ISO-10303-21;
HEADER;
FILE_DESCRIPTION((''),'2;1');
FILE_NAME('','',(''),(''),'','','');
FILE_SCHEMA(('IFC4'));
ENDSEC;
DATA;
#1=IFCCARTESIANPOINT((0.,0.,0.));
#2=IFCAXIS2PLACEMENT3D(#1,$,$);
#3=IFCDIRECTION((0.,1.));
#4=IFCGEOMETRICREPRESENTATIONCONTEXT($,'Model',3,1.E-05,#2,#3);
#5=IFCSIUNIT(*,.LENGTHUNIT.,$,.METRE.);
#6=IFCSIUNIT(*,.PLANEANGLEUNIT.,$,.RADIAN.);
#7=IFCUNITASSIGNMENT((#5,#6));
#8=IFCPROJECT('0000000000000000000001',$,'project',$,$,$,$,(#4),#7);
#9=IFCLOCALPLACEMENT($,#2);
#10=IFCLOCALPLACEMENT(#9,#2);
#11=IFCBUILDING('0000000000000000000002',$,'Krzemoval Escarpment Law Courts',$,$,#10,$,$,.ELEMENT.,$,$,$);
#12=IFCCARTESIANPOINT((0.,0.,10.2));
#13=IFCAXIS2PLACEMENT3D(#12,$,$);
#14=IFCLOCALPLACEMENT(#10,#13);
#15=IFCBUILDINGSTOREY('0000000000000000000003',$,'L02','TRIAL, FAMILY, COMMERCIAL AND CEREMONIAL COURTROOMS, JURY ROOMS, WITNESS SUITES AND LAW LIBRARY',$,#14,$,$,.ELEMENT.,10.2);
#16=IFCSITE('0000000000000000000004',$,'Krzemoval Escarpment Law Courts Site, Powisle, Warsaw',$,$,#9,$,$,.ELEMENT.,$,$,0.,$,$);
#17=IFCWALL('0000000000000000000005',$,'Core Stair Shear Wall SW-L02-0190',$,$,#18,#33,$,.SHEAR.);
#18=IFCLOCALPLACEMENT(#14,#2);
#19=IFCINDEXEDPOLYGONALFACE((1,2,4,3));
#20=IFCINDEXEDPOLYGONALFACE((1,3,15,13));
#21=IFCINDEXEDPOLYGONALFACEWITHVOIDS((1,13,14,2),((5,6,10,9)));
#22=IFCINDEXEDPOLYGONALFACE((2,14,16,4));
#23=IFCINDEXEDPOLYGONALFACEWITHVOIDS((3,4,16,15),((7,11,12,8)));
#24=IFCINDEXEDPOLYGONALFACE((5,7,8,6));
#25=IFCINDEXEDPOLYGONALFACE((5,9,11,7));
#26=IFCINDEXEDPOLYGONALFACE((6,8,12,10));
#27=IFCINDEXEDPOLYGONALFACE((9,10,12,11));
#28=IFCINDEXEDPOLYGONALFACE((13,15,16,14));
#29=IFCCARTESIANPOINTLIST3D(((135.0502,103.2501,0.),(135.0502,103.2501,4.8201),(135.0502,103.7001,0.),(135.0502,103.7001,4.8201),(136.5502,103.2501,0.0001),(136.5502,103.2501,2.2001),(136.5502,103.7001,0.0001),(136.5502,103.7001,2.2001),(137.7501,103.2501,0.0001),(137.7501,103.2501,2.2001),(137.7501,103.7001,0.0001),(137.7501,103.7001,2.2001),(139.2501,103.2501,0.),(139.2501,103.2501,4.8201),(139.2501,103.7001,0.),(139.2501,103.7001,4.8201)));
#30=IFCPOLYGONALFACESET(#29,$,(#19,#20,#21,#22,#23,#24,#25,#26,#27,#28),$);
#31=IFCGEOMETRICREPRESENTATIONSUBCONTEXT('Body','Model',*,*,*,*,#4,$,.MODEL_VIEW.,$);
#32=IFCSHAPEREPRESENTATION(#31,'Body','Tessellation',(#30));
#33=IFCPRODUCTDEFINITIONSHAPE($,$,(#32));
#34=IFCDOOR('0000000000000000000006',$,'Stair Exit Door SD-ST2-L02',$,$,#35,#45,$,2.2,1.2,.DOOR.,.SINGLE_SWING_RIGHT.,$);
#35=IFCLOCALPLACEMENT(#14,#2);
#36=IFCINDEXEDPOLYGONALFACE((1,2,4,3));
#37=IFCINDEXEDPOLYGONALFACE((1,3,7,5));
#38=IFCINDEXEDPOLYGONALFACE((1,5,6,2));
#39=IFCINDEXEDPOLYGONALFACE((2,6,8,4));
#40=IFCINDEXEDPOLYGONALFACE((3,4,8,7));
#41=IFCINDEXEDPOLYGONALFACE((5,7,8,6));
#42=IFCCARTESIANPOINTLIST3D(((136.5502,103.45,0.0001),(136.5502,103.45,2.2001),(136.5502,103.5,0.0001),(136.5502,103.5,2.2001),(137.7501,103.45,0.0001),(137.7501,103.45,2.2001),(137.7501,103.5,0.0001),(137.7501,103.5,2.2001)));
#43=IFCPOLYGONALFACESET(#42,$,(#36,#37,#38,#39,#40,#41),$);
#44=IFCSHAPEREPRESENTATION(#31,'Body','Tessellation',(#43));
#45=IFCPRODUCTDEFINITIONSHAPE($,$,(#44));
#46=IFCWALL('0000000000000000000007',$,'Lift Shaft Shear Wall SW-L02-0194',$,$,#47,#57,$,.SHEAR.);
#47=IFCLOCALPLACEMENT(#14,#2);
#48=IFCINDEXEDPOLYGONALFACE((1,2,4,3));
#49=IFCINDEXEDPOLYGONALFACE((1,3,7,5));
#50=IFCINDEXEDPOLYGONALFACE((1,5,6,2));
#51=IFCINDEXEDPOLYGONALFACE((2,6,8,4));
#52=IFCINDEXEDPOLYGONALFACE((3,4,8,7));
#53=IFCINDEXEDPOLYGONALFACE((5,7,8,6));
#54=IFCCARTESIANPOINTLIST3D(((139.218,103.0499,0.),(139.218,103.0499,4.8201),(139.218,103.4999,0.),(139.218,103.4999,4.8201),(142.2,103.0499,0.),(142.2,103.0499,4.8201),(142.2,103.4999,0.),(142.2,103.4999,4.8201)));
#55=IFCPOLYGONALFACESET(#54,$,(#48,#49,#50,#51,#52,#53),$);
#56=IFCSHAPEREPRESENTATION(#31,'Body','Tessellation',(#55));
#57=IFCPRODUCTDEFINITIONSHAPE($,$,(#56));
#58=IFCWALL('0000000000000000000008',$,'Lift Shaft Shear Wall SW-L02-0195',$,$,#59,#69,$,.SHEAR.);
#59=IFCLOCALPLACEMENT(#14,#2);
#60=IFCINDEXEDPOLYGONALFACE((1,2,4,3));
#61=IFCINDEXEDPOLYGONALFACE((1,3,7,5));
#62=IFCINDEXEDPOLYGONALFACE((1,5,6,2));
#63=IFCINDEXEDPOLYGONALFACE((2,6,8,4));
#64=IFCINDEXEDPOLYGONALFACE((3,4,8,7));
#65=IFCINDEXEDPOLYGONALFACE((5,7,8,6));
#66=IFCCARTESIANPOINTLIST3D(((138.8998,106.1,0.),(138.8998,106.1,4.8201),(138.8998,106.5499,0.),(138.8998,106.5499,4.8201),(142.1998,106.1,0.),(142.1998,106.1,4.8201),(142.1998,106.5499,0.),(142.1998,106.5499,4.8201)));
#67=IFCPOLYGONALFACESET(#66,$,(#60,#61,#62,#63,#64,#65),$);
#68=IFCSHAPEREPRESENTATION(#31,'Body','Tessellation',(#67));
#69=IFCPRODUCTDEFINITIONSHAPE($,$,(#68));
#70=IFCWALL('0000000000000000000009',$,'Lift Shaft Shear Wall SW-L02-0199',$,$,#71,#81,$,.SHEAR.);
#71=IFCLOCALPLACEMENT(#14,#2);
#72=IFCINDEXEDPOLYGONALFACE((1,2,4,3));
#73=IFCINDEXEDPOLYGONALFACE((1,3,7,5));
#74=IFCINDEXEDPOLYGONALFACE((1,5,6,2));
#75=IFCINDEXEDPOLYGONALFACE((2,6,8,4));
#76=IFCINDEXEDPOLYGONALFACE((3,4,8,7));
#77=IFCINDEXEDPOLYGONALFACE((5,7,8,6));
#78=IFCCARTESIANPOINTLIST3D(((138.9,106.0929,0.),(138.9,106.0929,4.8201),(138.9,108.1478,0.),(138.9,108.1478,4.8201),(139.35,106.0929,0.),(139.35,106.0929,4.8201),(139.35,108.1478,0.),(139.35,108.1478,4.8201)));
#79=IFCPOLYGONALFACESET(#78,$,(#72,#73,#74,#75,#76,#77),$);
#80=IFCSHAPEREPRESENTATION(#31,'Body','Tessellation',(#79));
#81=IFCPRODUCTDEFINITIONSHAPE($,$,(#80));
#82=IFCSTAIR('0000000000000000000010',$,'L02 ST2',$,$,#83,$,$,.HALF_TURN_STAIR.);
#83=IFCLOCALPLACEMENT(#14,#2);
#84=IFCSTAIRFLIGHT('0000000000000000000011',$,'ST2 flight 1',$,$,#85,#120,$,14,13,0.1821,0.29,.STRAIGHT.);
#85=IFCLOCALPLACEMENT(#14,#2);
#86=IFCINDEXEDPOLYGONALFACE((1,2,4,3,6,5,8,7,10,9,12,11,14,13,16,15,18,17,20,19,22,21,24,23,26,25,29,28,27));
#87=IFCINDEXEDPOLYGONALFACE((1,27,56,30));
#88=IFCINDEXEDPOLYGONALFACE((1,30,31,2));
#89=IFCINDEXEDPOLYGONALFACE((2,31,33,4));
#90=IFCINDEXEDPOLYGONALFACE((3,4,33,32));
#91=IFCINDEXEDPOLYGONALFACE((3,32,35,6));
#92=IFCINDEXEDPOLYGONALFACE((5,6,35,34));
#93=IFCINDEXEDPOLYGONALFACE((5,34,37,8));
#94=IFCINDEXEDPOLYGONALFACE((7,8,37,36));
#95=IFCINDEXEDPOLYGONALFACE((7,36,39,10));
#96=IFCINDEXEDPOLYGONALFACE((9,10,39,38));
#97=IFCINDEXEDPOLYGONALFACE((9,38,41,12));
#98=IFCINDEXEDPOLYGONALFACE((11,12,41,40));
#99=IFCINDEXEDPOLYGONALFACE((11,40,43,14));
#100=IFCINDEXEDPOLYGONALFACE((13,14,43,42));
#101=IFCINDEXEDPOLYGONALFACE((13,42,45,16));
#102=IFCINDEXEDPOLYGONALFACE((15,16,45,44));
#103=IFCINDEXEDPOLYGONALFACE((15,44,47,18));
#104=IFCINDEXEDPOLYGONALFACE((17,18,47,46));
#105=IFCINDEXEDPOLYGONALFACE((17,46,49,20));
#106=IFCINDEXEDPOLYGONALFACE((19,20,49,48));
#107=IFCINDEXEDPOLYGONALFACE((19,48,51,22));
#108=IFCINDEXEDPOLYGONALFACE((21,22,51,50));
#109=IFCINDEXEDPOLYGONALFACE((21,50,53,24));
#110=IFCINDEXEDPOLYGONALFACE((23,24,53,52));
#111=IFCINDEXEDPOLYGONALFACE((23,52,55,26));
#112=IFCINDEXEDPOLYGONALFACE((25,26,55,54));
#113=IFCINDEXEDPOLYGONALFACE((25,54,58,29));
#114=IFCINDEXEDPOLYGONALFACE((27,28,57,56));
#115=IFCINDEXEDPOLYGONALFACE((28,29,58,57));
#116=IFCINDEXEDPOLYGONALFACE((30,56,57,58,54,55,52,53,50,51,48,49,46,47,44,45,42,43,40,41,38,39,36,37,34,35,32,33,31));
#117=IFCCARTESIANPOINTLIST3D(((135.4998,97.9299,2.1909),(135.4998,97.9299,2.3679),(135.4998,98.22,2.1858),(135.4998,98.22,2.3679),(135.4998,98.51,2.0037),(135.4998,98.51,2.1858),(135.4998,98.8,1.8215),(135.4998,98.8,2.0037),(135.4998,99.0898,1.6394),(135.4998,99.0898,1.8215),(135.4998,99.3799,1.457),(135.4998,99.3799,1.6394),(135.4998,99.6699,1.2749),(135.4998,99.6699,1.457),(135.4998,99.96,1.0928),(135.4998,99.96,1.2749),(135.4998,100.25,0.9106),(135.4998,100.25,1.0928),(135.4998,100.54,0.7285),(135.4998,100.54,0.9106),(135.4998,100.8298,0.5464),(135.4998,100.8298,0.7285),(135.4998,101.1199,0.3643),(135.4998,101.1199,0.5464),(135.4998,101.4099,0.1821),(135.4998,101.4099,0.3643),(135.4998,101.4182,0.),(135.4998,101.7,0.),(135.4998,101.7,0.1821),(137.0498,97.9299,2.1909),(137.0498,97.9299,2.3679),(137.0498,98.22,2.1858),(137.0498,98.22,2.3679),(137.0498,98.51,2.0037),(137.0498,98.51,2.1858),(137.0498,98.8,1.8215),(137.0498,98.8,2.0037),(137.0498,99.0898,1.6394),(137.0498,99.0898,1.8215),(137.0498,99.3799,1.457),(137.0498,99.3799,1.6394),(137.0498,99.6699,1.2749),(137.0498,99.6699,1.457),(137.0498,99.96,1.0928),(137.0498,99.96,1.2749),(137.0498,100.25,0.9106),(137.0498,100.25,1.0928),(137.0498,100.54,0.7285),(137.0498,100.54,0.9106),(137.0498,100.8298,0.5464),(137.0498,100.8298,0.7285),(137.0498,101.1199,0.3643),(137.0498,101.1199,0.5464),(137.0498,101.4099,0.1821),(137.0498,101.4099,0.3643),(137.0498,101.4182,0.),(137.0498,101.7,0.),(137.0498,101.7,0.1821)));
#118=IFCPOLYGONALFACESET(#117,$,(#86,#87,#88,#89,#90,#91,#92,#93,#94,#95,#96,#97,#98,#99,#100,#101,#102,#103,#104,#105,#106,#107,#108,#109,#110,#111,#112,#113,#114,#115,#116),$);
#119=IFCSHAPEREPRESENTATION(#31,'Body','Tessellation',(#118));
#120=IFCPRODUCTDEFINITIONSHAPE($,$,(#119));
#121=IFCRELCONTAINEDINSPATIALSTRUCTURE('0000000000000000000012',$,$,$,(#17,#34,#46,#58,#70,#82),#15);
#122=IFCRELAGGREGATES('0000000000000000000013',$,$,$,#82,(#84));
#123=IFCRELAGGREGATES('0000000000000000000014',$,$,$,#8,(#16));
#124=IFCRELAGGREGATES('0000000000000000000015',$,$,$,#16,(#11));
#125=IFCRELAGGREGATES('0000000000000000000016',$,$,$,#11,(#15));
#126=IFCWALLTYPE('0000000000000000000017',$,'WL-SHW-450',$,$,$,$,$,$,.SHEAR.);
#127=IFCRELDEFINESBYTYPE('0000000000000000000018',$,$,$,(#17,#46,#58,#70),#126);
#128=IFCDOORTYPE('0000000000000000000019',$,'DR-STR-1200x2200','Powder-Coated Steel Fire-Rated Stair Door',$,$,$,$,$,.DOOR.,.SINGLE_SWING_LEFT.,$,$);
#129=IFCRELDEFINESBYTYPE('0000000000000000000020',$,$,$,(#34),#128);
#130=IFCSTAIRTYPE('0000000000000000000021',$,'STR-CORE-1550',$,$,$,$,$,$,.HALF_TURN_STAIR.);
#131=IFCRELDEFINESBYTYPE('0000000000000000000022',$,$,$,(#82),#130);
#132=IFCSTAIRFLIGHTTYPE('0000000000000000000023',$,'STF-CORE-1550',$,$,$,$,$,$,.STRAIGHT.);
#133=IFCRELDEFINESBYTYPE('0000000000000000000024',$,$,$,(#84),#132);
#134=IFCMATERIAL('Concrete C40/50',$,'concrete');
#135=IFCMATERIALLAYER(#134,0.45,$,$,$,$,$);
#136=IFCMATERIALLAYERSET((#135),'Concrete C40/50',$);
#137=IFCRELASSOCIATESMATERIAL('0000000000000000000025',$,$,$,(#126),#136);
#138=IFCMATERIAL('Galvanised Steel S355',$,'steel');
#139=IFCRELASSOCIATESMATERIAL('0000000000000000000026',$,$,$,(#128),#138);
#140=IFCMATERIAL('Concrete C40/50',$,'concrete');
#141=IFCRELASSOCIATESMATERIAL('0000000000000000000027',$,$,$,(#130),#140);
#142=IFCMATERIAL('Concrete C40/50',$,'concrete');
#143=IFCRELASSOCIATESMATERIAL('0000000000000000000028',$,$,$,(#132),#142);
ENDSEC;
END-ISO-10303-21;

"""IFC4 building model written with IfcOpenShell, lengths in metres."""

from ifc_helpers import new_model, si_unit, direction, frame, frame_2d, origin, place, context, subcontext, project, spatial, polyline, rectangle, outline, extrude, material, layer, layer_set, type_object, element, fill, aggregate, save


model = new_model("IFC4")

# Units and contexts
model_context = context("Model", 3, precision=1e-05, world=origin(), true_north=direction((0.0, 1.0)))
body_context = subcontext(model_context, "Body", "Model", "MODEL_VIEW")
ifc_project = project(units=[si_unit("LENGTHUNIT", "METRE"), si_unit("PLANEANGLEUNIT", "RADIAN")], contexts=[model_context])

# Site, building, storey
site_placement = place(None, origin())
site = spatial("IfcSite", under=ifc_project, at=site_placement, Name="Krzemoval Escarpment Law Courts Site, Powisle, Warsaw", CompositionType="ELEMENT", RefElevation=0.0)
building_placement = place(site_placement, origin())
building = spatial("IfcBuilding", under=site, at=building_placement, Name="Krzemoval Escarpment Law Courts", CompositionType="ELEMENT")
storey_placement = place(building_placement, frame((0.0, 0.0, 10.2)))
storey = spatial("IfcBuildingStorey", under=building, at=storey_placement, Name="L02", Description="TRIAL, FAMILY, COMMERCIAL AND CEREMONIAL COURTROOMS, JURY ROOMS, WITNESS SUITES AND LAW LIBRARY", CompositionType="ELEMENT", Elevation=10.2)

# Wall, opening, door
ifc_material_1 = material(Name="Concrete C40/50", Category="concrete")
ifc_layer_1 = layer(ifc_material_1, 0.45)
ifc_layer_set_1 = layer_set([ifc_layer_1], Name="Concrete C40/50")
wall_type_1 = type_object("IfcWallType", Name="WL-SHW-450", PredefinedType="SHEAR", material=ifc_layer_set_1)
wall_1_placement = place(storey_placement, frame((135.05, 103.4751, 0.0), z_axis=(0.0, 0.0, 1.0), x_axis=(1.0, 0.0, 0.0)))
wall_1 = element("IfcWall", 1, at=wall_1_placement, inside=storey, type_object=wall_type_1, Name="Core Stair Shear Wall SW-L02-0190", PredefinedType="SHEAR", context=body_context, shape_type="SweptSolid", body=[
    extrude(rectangle(XDim=4.2, YDim=0.45, at=frame_2d((2.1001, 0.0))), origin(), (0.0, 0.0, 1.0), 4.8201),
])
opening_1_placement = place(wall_1_placement, frame((1.5, 0.0, 0.0)))
opening_1 = element("IfcOpeningElement", 2, at=opening_1_placement, cuts=wall_1, PredefinedType="OPENING", context=body_context, shape_type="SweptSolid", body=[
    extrude(rectangle(XDim=1.2, YDim=2.2, at=frame_2d((0.6001, 1.1001))), frame((0.0, 0.24, 0.0), z_axis=(0.0, -1.0, 0.0), x_axis=(1.0, 0.0, 0.0)), (0.0, 0.0, 1.0), 0.4799),
])
ifc_material_2 = material(Name="Galvanised Steel S355", Category="steel")
door_type_1 = type_object("IfcDoorType", Name="DR-STR-1200x2200", Description="Powder-Coated Steel Fire-Rated Stair Door", OperationType="SINGLE_SWING_LEFT", PredefinedType="DOOR", material=ifc_material_2)
door_1_placement = place(opening_1_placement, origin())
door_1 = element("IfcDoor", 3, at=door_1_placement, inside=storey, type_object=door_type_1, Name="Stair Exit Door SD-ST2-L02", OperationType="SINGLE_SWING_RIGHT", OverallHeight=2.2, OverallWidth=1.2, PredefinedType="DOOR", context=body_context, shape_type="SweptSolid", body=[
    extrude(rectangle(XDim=1.2, YDim=2.2, at=frame_2d((0.6001, 1.1001))), frame((0.0, 0.0249, 0.0), z_axis=(0.0, -1.0, 0.0), x_axis=(1.0, 0.0, 0.0)), (0.0, 0.0, 1.0), 0.05),
])
fill(opening_1, door_1)

# Walls
wall_2_placement = place(storey_placement, frame((139.218, 103.2749, 0.0), z_axis=(0.0, 0.0, 1.0), x_axis=(1.0, 0.0, 0.0)))
element("IfcWall", 4, at=wall_2_placement, inside=storey, type_object=wall_type_1, Name="Lift Shaft Shear Wall SW-L02-0194", PredefinedType="SHEAR", context=body_context, shape_type="SweptSolid", body=[
    extrude(rectangle(XDim=2.9819, YDim=0.45, at=frame_2d((1.491, 0.0))), origin(), (0.0, 0.0, 1.0), 4.8201),
])
wall_3_placement = place(storey_placement, frame((138.8999, 106.325, 0.0), z_axis=(0.0, 0.0, 1.0), x_axis=(1.0, 0.0, 0.0)))
element("IfcWall", 5, at=wall_3_placement, inside=storey, type_object=wall_type_1, Name="Lift Shaft Shear Wall SW-L02-0195", PredefinedType="SHEAR", context=body_context, shape_type="SweptSolid", body=[
    extrude(rectangle(XDim=3.3, YDim=0.45, at=frame_2d((1.6499, 0.0))), origin(), (0.0, 0.0, 1.0), 4.8201),
])

# Wall
wall_4_placement = place(storey_placement, frame((139.125, 106.093, 0.0), z_axis=(0.0, 0.0, 1.0), x_axis=(0.0, 1.0, 0.0)))
element("IfcWall", 6, at=wall_4_placement, inside=storey, type_object=wall_type_1, Name="Lift Shaft Shear Wall SW-L02-0199", PredefinedType="SHEAR", context=body_context, shape_type="SweptSolid", body=[
    extrude(rectangle(XDim=2.0549, YDim=0.45, at=frame_2d((1.0273, 0.0))), origin(), (0.0, 0.0, 1.0), 4.8201),
])

# Stair, stair flight
ifc_material_3 = material(Name="Concrete C40/50", Category="concrete")
stair_type = type_object("IfcStairType", Name="STR-CORE-1550", PredefinedType="HALF_TURN_STAIR", material=ifc_material_3)
stair_placement = place(storey_placement, origin())
stair = element("IfcStair", 7, at=stair_placement, inside=storey, type_object=stair_type, Name="L02 ST2", PredefinedType="HALF_TURN_STAIR")
ifc_material_4 = material(Name="Concrete C40/50", Category="concrete")
stair_flight_type = type_object("IfcStairFlightType", Name="STF-CORE-1550", PredefinedType="STRAIGHT", material=ifc_material_4)
stair_flight_placement = place(storey_placement, frame((136.2749, 101.7, 0.0), z_axis=(0.0, 0.0, 1.0), x_axis=(0.0, -1.0, 0.0)))
stair_flight = element("IfcStairFlight", 8, at=stair_flight_placement, type_object=stair_flight_type, Name="ST2 flight 1", NumberOfRisers=14, NumberOfTreads=13, PredefinedType="STRAIGHT", RiserHeight=0.1821, TreadLength=0.29, context=body_context, shape_type="SweptSolid", body=[
    extrude(outline(polyline([(0.0, 0.0), (0.0, 0.1821), (0.29, 0.1821), (0.29, 0.3643), (0.5801, 0.3643), (0.5801, 0.5464), (0.8701, 0.5464), (0.8701, 0.7285), (1.1599, 0.7285), (1.1599, 0.9106), (1.45, 0.9106), (1.45, 1.0928), (1.74, 1.0928), (1.74, 1.2749), (2.03, 1.2749), (2.03, 1.457), (2.3201, 1.457), (2.3201, 1.6394), (2.6101, 1.6394), (2.6101, 1.8215), (2.8999, 1.8215), (2.8999, 2.0037), (3.1899, 2.0037), (3.1899, 2.1858), (3.48, 2.1858), (3.48, 2.3679), (3.77, 2.3679), (3.77, 2.55), (3.77, 2.1909), (0.2817, 0.0), (0.0, 0.0)])), frame((0.0, 0.7749, 0.0), z_axis=(0.0, -1.0, 0.0), x_axis=(1.0, 0.0, 0.0)), (0.0, 0.0, 1.0), 1.55),
])
aggregate(stair, [stair_flight])

save(model, "model.ifc")
